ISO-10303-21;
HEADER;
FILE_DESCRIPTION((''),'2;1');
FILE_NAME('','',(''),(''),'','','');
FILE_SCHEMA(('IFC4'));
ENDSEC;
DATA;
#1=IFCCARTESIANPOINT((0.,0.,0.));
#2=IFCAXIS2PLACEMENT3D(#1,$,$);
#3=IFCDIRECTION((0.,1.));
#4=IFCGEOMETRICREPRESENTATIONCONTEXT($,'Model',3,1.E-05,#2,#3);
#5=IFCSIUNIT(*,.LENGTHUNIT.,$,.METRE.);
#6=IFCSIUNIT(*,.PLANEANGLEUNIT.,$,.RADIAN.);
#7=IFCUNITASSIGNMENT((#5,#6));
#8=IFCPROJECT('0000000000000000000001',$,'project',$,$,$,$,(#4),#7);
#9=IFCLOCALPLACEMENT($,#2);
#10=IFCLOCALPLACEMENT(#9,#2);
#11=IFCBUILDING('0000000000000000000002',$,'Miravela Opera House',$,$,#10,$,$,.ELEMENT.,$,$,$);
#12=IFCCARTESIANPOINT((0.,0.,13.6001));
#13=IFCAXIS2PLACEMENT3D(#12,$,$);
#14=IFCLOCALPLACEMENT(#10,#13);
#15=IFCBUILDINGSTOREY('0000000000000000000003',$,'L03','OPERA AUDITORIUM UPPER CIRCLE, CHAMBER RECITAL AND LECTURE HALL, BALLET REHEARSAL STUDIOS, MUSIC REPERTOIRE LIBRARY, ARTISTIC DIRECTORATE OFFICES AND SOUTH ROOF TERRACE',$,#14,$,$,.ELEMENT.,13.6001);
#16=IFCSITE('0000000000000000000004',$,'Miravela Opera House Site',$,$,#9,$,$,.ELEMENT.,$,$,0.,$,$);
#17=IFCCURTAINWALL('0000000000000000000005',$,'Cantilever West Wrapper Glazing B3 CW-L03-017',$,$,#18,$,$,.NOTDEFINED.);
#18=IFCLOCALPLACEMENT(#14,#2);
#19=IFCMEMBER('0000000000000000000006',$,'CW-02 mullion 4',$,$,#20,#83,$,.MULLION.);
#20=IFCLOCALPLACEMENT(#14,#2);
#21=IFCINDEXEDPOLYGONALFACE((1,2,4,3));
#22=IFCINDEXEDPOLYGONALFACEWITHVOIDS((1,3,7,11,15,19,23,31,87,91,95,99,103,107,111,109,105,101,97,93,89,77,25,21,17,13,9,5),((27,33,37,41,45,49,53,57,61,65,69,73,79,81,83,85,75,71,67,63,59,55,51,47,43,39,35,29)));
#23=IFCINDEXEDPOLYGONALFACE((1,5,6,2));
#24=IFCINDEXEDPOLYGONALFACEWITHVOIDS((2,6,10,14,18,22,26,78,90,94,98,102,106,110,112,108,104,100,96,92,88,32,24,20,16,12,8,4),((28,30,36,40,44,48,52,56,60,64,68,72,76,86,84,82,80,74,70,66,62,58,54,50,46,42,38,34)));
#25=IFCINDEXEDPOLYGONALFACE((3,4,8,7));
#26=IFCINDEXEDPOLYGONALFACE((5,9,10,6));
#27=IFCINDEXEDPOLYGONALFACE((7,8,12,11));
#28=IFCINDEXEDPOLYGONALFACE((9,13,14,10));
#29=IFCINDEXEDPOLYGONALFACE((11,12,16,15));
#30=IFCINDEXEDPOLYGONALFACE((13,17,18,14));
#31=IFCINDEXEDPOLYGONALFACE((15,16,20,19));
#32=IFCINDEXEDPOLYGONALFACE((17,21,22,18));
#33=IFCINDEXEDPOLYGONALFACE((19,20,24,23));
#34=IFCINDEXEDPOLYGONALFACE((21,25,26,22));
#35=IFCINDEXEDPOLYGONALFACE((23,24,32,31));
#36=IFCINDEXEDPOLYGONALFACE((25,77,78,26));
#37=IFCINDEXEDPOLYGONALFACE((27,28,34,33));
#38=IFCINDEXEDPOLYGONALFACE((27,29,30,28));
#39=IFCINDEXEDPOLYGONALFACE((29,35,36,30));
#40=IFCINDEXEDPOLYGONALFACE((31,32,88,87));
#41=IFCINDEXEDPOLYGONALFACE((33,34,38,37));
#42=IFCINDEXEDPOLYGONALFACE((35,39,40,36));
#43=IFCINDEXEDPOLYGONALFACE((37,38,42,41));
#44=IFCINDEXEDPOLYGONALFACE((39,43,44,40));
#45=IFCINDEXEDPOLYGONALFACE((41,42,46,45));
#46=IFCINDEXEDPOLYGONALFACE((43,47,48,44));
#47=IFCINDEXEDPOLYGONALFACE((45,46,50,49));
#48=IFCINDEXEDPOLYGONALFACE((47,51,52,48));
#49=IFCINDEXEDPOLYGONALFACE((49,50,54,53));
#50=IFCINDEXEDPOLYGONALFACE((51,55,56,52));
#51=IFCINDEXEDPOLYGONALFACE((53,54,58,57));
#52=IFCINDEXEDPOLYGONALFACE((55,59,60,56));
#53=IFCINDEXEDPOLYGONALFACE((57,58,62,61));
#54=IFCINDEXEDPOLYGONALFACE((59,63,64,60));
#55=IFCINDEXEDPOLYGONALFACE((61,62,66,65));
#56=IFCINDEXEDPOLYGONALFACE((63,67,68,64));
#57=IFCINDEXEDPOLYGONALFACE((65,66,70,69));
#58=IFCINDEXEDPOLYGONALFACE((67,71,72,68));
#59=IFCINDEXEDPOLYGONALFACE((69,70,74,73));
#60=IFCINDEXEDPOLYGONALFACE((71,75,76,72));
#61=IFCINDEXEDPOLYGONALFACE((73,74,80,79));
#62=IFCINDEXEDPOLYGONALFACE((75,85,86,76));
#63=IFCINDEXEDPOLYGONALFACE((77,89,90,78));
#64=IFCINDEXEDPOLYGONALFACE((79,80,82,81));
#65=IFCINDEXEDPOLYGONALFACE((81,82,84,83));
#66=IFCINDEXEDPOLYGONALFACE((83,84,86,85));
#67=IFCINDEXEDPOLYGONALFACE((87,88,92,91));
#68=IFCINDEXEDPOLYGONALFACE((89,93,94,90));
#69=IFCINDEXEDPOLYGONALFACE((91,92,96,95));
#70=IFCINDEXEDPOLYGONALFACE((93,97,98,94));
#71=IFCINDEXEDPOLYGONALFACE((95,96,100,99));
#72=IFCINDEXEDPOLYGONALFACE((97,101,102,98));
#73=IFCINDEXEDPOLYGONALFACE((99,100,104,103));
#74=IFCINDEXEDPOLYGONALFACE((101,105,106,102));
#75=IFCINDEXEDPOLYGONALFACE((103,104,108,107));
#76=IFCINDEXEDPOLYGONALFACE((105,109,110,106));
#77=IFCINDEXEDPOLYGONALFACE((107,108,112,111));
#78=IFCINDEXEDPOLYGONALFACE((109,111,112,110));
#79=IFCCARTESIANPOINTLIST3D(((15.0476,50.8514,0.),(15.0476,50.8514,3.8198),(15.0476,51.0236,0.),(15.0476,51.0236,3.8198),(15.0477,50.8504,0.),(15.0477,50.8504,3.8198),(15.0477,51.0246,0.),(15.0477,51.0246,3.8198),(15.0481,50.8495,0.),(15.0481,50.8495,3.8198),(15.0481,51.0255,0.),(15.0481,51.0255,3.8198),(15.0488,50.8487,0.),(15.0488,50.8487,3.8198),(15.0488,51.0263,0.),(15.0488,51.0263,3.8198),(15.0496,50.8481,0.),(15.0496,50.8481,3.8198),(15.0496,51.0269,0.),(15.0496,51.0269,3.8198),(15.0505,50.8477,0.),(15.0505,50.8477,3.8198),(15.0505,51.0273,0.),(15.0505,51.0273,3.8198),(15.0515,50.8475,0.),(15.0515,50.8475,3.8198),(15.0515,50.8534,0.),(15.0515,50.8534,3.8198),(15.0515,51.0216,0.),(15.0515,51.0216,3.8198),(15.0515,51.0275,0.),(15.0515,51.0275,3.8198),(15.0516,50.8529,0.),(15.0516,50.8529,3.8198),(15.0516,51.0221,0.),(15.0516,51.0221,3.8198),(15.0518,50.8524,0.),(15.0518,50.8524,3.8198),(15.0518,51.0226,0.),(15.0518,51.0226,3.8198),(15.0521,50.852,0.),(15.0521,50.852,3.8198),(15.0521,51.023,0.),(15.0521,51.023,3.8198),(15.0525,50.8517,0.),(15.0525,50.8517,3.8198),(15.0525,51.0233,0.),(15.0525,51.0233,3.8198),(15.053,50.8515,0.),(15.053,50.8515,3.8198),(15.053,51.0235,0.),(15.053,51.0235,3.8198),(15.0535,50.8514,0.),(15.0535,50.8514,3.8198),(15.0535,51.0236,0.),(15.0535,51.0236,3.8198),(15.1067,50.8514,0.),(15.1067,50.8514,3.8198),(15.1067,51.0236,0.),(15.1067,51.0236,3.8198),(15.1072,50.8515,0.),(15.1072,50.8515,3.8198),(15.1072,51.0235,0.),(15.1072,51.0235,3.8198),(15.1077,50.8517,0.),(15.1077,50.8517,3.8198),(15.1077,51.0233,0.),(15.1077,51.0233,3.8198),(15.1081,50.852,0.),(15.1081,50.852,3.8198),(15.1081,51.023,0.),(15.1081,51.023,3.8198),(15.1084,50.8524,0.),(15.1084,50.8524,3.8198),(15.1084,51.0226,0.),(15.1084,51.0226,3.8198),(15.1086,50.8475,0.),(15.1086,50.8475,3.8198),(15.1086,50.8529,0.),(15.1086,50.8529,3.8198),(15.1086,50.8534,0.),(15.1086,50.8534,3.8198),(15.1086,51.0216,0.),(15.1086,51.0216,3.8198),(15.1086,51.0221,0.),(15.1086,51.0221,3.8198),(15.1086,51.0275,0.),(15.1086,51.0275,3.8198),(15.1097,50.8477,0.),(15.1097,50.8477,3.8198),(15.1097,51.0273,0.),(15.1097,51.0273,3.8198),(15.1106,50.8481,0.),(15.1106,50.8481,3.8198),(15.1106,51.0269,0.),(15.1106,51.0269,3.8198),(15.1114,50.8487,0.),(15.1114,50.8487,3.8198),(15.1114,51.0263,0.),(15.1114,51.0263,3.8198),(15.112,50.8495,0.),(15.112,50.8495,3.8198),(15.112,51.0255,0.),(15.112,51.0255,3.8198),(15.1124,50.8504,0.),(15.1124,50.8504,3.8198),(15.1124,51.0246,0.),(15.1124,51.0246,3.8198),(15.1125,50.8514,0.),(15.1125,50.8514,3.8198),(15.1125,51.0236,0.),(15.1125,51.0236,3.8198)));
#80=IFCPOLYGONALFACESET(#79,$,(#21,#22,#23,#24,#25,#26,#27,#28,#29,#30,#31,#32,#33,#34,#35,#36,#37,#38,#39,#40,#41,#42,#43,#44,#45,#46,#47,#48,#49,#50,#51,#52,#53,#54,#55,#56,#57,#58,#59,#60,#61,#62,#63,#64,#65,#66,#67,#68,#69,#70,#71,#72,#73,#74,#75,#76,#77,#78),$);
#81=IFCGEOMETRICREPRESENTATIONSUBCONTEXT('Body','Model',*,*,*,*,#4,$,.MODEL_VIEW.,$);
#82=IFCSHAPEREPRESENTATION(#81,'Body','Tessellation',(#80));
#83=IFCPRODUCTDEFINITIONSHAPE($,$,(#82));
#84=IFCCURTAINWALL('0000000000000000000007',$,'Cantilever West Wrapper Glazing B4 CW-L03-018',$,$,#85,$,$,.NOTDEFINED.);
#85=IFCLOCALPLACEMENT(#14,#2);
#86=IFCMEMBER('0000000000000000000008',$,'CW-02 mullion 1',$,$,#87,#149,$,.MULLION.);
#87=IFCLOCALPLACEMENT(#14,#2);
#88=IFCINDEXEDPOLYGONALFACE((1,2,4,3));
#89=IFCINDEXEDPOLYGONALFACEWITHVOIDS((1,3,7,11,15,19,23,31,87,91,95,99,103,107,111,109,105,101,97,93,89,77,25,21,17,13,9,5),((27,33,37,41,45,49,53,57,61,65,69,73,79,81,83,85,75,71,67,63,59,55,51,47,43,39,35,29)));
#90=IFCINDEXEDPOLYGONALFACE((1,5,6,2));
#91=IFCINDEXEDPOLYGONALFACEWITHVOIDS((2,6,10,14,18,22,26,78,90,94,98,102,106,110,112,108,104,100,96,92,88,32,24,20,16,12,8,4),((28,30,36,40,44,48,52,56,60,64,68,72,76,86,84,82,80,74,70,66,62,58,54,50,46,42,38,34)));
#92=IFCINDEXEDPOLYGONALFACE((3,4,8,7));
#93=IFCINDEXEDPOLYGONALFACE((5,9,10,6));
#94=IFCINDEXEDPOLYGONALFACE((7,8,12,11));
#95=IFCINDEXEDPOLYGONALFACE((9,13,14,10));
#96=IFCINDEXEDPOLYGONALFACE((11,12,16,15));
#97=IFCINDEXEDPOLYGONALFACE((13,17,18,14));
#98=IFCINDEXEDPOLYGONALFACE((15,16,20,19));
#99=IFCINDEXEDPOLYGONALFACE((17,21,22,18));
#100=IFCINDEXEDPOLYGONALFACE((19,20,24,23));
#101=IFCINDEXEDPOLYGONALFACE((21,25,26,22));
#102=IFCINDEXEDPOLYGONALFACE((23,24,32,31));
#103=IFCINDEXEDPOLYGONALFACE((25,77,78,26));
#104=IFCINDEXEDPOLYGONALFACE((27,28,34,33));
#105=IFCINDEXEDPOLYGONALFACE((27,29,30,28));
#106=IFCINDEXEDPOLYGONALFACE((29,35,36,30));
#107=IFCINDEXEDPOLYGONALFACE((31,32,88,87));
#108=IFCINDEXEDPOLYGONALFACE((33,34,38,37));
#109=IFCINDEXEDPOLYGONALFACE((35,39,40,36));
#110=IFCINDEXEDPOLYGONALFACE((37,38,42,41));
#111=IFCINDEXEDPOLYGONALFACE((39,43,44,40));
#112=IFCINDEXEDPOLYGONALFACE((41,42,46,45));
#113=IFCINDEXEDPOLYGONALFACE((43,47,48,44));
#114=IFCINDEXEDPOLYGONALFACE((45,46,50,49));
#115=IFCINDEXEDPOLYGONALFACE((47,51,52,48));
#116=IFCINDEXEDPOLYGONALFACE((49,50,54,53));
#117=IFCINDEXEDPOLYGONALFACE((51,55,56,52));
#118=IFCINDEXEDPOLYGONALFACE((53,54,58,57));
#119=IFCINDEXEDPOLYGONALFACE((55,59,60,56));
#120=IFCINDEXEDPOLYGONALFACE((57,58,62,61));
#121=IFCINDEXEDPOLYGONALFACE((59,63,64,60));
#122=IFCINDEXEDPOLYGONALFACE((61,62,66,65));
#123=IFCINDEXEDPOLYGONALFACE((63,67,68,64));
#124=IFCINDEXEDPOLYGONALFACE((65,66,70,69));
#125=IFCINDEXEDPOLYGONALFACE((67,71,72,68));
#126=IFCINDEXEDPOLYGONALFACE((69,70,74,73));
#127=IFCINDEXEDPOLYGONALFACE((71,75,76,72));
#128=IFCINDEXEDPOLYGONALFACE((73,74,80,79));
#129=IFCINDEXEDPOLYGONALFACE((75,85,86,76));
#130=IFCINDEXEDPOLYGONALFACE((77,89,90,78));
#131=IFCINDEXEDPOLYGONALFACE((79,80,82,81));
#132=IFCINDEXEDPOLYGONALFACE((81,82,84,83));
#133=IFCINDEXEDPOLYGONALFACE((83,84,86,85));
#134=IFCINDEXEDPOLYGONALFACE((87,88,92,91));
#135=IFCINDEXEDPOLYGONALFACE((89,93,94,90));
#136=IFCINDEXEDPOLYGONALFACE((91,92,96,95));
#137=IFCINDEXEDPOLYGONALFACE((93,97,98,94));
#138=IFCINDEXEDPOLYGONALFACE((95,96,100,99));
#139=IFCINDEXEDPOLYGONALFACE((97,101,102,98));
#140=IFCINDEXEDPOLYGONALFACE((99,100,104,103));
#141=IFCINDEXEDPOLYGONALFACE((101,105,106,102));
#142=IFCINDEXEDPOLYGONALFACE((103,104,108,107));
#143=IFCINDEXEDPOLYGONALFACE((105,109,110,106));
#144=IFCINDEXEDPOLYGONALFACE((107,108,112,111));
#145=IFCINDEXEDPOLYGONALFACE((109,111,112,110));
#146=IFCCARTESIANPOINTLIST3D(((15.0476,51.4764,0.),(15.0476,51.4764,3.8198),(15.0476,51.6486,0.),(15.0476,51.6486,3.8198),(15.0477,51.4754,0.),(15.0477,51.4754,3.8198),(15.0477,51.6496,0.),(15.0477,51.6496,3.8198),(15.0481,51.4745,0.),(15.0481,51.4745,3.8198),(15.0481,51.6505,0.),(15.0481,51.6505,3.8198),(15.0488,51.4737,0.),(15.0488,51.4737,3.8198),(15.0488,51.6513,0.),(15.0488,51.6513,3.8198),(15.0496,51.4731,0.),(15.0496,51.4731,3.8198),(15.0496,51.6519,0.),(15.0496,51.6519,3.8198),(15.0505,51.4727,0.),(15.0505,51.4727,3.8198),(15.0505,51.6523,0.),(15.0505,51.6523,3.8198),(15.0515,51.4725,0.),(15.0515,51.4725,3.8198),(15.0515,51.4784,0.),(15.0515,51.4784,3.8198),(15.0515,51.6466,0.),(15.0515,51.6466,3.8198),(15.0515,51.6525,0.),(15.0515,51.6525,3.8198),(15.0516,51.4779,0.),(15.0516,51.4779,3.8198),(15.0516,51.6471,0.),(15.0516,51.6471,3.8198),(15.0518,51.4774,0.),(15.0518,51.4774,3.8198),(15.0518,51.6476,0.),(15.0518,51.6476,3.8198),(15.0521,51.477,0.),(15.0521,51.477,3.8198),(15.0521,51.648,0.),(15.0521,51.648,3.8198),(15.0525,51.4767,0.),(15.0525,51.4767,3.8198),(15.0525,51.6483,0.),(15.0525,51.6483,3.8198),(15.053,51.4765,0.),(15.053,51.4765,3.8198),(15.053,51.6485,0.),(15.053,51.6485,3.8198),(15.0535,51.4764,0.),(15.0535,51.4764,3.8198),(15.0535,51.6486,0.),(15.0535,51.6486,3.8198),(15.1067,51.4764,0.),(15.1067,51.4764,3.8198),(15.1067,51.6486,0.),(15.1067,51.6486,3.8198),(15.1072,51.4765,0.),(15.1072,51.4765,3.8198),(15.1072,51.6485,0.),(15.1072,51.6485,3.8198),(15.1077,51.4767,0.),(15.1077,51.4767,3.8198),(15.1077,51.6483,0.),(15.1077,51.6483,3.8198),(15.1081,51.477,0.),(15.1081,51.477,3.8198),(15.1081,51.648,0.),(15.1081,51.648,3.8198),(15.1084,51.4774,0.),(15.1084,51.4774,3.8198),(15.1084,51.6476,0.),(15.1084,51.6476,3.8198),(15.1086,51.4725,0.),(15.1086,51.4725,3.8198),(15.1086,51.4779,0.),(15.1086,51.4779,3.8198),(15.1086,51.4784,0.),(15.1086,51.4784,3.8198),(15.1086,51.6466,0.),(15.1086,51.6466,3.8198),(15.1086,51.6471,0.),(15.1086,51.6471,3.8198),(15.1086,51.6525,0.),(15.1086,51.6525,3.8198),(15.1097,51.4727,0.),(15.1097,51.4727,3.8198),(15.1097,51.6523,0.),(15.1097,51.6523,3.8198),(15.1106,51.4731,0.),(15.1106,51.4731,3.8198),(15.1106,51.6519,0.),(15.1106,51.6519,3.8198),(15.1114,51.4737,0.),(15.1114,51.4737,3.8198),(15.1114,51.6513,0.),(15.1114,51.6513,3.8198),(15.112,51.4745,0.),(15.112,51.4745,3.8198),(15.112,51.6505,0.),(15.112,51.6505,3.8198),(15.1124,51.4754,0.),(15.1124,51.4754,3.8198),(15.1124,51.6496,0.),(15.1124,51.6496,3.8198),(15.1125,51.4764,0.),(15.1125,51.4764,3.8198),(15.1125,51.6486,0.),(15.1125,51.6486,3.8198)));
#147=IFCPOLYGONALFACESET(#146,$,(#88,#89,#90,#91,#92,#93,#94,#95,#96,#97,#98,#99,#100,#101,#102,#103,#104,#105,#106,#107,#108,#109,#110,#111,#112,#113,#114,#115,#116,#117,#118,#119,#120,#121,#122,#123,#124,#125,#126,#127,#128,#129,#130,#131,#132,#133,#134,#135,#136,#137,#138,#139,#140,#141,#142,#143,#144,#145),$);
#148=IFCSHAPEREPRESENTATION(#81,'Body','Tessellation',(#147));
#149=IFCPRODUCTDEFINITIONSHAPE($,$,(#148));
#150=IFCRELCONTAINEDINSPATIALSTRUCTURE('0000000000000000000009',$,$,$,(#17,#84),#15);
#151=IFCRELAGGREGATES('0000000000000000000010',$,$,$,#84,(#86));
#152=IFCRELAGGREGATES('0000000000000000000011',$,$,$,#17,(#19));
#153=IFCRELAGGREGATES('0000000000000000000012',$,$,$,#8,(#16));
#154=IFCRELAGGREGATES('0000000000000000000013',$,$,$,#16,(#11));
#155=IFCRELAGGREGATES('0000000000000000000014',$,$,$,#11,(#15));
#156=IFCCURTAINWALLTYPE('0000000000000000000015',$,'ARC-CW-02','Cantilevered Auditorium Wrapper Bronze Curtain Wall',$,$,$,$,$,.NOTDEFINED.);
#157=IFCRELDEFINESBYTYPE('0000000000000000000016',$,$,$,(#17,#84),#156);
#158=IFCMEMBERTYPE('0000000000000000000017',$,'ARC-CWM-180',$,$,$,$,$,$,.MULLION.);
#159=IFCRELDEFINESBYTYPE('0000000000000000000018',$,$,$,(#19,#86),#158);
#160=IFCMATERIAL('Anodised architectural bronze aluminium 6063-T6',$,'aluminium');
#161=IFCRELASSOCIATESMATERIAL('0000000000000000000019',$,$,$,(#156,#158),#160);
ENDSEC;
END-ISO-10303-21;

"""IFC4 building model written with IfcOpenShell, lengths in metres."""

from ifc_helpers import new_model, si_unit, direction, frame, origin, origin_2d, place, context, subcontext, project, spatial, hollow_rectangle, extrude, material, material_profile, profile_set, type_object, element, aggregate, save


model = new_model("IFC4")

# Units and contexts
model_context = context("Model", 3, precision=1e-05, world=origin(), true_north=direction((0.0, 1.0)))
body_context = subcontext(model_context, "Body", "Model", "MODEL_VIEW")
ifc_project = project(units=[si_unit("LENGTHUNIT", "METRE"), si_unit("PLANEANGLEUNIT", "RADIAN")], contexts=[model_context])

# Site, building, storey
site_placement = place(None, origin())
site = spatial("IfcSite", under=ifc_project, at=site_placement, Name="Miravela Opera House Site", CompositionType="ELEMENT", RefElevation=0.0)
building_placement = place(site_placement, origin())
building = spatial("IfcBuilding", under=site, at=building_placement, Name="Miravela Opera House", CompositionType="ELEMENT")
storey_placement = place(building_placement, frame((0.0, 0.0, 13.6001)))
storey = spatial("IfcBuildingStorey", under=building, at=storey_placement, Name="L03", Description="OPERA AUDITORIUM UPPER CIRCLE, CHAMBER RECITAL AND LECTURE HALL, BALLET REHEARSAL STUDIOS, MUSIC REPERTOIRE LIBRARY, ARTISTIC DIRECTORATE OFFICES AND SOUTH ROOF TERRACE", CompositionType="ELEMENT", Elevation=13.6001)

# Curtain wall, member
ifc_material_1 = material(Name="Anodised architectural bronze aluminium 6063-T6", Category="aluminium")
curtain_wall_type = type_object("IfcCurtainWallType", Name="ARC-CW-02", Description="Cantilevered Auditorium Wrapper Bronze Curtain Wall", PredefinedType="NOTDEFINED", material=ifc_material_1)
curtain_wall_1_placement = place(storey_placement, origin())
curtain_wall_1 = element("IfcCurtainWall", 1, at=curtain_wall_1_placement, inside=storey, type_object=curtain_wall_type, Name="Cantilever West Wrapper Glazing B3 CW-L03-017", PredefinedType="NOTDEFINED")
ifc_material_profile_1 = material_profile(ifc_material_1, hollow_rectangle(XDim=0.0649, YDim=0.1799, WallThickness=0.0039, InnerFilletRadius=0.002, OuterFilletRadius=0.0039, at=origin_2d()), Name="CWM-65X180")
ifc_profile_set_1 = profile_set([ifc_material_profile_1])
member_type_1 = type_object("IfcMemberType", Name="ARC-CWM-180", PredefinedType="MULLION", material=ifc_profile_set_1)
member_1_placement = place(storey_placement, frame((15.0801, 50.9375, 0.0), z_axis=(0.0, 0.0, 1.0), x_axis=(-1.0, 0.0, 0.0)))
member_1 = element("IfcMember", 2, at=member_1_placement, type_object=member_type_1, Name="CW-02 mullion 4", PredefinedType="MULLION", context=body_context, shape_type="SweptSolid", body=[
    extrude(hollow_rectangle(XDim=0.0649, YDim=0.1799, WallThickness=0.0039, InnerFilletRadius=0.002, OuterFilletRadius=0.0039, at=origin_2d()), origin(), (0.0, 0.0, 1.0), 3.8198),
])

# Curtain wall, member
curtain_wall_2_placement = place(storey_placement, origin())
curtain_wall_2 = element("IfcCurtainWall", 3, at=curtain_wall_2_placement, inside=storey, type_object=curtain_wall_type, Name="Cantilever West Wrapper Glazing B4 CW-L03-018", PredefinedType="NOTDEFINED")
member_2_placement = place(storey_placement, frame((15.0801, 51.5625, 0.0), z_axis=(0.0, 0.0, 1.0), x_axis=(-1.0, 0.0, 0.0)))
member_2 = element("IfcMember", 4, at=member_2_placement, type_object=member_type_1, Name="CW-02 mullion 1", PredefinedType="MULLION", context=body_context, shape_type="SweptSolid", body=[
    extrude(hollow_rectangle(XDim=0.0649, YDim=0.1799, WallThickness=0.0039, InnerFilletRadius=0.002, OuterFilletRadius=0.0039, at=origin_2d()), origin(), (0.0, 0.0, 1.0), 3.8198),
])

aggregate(curtain_wall_2, [member_2])

aggregate(curtain_wall_1, [member_1])

save(model, "model.ifc")
